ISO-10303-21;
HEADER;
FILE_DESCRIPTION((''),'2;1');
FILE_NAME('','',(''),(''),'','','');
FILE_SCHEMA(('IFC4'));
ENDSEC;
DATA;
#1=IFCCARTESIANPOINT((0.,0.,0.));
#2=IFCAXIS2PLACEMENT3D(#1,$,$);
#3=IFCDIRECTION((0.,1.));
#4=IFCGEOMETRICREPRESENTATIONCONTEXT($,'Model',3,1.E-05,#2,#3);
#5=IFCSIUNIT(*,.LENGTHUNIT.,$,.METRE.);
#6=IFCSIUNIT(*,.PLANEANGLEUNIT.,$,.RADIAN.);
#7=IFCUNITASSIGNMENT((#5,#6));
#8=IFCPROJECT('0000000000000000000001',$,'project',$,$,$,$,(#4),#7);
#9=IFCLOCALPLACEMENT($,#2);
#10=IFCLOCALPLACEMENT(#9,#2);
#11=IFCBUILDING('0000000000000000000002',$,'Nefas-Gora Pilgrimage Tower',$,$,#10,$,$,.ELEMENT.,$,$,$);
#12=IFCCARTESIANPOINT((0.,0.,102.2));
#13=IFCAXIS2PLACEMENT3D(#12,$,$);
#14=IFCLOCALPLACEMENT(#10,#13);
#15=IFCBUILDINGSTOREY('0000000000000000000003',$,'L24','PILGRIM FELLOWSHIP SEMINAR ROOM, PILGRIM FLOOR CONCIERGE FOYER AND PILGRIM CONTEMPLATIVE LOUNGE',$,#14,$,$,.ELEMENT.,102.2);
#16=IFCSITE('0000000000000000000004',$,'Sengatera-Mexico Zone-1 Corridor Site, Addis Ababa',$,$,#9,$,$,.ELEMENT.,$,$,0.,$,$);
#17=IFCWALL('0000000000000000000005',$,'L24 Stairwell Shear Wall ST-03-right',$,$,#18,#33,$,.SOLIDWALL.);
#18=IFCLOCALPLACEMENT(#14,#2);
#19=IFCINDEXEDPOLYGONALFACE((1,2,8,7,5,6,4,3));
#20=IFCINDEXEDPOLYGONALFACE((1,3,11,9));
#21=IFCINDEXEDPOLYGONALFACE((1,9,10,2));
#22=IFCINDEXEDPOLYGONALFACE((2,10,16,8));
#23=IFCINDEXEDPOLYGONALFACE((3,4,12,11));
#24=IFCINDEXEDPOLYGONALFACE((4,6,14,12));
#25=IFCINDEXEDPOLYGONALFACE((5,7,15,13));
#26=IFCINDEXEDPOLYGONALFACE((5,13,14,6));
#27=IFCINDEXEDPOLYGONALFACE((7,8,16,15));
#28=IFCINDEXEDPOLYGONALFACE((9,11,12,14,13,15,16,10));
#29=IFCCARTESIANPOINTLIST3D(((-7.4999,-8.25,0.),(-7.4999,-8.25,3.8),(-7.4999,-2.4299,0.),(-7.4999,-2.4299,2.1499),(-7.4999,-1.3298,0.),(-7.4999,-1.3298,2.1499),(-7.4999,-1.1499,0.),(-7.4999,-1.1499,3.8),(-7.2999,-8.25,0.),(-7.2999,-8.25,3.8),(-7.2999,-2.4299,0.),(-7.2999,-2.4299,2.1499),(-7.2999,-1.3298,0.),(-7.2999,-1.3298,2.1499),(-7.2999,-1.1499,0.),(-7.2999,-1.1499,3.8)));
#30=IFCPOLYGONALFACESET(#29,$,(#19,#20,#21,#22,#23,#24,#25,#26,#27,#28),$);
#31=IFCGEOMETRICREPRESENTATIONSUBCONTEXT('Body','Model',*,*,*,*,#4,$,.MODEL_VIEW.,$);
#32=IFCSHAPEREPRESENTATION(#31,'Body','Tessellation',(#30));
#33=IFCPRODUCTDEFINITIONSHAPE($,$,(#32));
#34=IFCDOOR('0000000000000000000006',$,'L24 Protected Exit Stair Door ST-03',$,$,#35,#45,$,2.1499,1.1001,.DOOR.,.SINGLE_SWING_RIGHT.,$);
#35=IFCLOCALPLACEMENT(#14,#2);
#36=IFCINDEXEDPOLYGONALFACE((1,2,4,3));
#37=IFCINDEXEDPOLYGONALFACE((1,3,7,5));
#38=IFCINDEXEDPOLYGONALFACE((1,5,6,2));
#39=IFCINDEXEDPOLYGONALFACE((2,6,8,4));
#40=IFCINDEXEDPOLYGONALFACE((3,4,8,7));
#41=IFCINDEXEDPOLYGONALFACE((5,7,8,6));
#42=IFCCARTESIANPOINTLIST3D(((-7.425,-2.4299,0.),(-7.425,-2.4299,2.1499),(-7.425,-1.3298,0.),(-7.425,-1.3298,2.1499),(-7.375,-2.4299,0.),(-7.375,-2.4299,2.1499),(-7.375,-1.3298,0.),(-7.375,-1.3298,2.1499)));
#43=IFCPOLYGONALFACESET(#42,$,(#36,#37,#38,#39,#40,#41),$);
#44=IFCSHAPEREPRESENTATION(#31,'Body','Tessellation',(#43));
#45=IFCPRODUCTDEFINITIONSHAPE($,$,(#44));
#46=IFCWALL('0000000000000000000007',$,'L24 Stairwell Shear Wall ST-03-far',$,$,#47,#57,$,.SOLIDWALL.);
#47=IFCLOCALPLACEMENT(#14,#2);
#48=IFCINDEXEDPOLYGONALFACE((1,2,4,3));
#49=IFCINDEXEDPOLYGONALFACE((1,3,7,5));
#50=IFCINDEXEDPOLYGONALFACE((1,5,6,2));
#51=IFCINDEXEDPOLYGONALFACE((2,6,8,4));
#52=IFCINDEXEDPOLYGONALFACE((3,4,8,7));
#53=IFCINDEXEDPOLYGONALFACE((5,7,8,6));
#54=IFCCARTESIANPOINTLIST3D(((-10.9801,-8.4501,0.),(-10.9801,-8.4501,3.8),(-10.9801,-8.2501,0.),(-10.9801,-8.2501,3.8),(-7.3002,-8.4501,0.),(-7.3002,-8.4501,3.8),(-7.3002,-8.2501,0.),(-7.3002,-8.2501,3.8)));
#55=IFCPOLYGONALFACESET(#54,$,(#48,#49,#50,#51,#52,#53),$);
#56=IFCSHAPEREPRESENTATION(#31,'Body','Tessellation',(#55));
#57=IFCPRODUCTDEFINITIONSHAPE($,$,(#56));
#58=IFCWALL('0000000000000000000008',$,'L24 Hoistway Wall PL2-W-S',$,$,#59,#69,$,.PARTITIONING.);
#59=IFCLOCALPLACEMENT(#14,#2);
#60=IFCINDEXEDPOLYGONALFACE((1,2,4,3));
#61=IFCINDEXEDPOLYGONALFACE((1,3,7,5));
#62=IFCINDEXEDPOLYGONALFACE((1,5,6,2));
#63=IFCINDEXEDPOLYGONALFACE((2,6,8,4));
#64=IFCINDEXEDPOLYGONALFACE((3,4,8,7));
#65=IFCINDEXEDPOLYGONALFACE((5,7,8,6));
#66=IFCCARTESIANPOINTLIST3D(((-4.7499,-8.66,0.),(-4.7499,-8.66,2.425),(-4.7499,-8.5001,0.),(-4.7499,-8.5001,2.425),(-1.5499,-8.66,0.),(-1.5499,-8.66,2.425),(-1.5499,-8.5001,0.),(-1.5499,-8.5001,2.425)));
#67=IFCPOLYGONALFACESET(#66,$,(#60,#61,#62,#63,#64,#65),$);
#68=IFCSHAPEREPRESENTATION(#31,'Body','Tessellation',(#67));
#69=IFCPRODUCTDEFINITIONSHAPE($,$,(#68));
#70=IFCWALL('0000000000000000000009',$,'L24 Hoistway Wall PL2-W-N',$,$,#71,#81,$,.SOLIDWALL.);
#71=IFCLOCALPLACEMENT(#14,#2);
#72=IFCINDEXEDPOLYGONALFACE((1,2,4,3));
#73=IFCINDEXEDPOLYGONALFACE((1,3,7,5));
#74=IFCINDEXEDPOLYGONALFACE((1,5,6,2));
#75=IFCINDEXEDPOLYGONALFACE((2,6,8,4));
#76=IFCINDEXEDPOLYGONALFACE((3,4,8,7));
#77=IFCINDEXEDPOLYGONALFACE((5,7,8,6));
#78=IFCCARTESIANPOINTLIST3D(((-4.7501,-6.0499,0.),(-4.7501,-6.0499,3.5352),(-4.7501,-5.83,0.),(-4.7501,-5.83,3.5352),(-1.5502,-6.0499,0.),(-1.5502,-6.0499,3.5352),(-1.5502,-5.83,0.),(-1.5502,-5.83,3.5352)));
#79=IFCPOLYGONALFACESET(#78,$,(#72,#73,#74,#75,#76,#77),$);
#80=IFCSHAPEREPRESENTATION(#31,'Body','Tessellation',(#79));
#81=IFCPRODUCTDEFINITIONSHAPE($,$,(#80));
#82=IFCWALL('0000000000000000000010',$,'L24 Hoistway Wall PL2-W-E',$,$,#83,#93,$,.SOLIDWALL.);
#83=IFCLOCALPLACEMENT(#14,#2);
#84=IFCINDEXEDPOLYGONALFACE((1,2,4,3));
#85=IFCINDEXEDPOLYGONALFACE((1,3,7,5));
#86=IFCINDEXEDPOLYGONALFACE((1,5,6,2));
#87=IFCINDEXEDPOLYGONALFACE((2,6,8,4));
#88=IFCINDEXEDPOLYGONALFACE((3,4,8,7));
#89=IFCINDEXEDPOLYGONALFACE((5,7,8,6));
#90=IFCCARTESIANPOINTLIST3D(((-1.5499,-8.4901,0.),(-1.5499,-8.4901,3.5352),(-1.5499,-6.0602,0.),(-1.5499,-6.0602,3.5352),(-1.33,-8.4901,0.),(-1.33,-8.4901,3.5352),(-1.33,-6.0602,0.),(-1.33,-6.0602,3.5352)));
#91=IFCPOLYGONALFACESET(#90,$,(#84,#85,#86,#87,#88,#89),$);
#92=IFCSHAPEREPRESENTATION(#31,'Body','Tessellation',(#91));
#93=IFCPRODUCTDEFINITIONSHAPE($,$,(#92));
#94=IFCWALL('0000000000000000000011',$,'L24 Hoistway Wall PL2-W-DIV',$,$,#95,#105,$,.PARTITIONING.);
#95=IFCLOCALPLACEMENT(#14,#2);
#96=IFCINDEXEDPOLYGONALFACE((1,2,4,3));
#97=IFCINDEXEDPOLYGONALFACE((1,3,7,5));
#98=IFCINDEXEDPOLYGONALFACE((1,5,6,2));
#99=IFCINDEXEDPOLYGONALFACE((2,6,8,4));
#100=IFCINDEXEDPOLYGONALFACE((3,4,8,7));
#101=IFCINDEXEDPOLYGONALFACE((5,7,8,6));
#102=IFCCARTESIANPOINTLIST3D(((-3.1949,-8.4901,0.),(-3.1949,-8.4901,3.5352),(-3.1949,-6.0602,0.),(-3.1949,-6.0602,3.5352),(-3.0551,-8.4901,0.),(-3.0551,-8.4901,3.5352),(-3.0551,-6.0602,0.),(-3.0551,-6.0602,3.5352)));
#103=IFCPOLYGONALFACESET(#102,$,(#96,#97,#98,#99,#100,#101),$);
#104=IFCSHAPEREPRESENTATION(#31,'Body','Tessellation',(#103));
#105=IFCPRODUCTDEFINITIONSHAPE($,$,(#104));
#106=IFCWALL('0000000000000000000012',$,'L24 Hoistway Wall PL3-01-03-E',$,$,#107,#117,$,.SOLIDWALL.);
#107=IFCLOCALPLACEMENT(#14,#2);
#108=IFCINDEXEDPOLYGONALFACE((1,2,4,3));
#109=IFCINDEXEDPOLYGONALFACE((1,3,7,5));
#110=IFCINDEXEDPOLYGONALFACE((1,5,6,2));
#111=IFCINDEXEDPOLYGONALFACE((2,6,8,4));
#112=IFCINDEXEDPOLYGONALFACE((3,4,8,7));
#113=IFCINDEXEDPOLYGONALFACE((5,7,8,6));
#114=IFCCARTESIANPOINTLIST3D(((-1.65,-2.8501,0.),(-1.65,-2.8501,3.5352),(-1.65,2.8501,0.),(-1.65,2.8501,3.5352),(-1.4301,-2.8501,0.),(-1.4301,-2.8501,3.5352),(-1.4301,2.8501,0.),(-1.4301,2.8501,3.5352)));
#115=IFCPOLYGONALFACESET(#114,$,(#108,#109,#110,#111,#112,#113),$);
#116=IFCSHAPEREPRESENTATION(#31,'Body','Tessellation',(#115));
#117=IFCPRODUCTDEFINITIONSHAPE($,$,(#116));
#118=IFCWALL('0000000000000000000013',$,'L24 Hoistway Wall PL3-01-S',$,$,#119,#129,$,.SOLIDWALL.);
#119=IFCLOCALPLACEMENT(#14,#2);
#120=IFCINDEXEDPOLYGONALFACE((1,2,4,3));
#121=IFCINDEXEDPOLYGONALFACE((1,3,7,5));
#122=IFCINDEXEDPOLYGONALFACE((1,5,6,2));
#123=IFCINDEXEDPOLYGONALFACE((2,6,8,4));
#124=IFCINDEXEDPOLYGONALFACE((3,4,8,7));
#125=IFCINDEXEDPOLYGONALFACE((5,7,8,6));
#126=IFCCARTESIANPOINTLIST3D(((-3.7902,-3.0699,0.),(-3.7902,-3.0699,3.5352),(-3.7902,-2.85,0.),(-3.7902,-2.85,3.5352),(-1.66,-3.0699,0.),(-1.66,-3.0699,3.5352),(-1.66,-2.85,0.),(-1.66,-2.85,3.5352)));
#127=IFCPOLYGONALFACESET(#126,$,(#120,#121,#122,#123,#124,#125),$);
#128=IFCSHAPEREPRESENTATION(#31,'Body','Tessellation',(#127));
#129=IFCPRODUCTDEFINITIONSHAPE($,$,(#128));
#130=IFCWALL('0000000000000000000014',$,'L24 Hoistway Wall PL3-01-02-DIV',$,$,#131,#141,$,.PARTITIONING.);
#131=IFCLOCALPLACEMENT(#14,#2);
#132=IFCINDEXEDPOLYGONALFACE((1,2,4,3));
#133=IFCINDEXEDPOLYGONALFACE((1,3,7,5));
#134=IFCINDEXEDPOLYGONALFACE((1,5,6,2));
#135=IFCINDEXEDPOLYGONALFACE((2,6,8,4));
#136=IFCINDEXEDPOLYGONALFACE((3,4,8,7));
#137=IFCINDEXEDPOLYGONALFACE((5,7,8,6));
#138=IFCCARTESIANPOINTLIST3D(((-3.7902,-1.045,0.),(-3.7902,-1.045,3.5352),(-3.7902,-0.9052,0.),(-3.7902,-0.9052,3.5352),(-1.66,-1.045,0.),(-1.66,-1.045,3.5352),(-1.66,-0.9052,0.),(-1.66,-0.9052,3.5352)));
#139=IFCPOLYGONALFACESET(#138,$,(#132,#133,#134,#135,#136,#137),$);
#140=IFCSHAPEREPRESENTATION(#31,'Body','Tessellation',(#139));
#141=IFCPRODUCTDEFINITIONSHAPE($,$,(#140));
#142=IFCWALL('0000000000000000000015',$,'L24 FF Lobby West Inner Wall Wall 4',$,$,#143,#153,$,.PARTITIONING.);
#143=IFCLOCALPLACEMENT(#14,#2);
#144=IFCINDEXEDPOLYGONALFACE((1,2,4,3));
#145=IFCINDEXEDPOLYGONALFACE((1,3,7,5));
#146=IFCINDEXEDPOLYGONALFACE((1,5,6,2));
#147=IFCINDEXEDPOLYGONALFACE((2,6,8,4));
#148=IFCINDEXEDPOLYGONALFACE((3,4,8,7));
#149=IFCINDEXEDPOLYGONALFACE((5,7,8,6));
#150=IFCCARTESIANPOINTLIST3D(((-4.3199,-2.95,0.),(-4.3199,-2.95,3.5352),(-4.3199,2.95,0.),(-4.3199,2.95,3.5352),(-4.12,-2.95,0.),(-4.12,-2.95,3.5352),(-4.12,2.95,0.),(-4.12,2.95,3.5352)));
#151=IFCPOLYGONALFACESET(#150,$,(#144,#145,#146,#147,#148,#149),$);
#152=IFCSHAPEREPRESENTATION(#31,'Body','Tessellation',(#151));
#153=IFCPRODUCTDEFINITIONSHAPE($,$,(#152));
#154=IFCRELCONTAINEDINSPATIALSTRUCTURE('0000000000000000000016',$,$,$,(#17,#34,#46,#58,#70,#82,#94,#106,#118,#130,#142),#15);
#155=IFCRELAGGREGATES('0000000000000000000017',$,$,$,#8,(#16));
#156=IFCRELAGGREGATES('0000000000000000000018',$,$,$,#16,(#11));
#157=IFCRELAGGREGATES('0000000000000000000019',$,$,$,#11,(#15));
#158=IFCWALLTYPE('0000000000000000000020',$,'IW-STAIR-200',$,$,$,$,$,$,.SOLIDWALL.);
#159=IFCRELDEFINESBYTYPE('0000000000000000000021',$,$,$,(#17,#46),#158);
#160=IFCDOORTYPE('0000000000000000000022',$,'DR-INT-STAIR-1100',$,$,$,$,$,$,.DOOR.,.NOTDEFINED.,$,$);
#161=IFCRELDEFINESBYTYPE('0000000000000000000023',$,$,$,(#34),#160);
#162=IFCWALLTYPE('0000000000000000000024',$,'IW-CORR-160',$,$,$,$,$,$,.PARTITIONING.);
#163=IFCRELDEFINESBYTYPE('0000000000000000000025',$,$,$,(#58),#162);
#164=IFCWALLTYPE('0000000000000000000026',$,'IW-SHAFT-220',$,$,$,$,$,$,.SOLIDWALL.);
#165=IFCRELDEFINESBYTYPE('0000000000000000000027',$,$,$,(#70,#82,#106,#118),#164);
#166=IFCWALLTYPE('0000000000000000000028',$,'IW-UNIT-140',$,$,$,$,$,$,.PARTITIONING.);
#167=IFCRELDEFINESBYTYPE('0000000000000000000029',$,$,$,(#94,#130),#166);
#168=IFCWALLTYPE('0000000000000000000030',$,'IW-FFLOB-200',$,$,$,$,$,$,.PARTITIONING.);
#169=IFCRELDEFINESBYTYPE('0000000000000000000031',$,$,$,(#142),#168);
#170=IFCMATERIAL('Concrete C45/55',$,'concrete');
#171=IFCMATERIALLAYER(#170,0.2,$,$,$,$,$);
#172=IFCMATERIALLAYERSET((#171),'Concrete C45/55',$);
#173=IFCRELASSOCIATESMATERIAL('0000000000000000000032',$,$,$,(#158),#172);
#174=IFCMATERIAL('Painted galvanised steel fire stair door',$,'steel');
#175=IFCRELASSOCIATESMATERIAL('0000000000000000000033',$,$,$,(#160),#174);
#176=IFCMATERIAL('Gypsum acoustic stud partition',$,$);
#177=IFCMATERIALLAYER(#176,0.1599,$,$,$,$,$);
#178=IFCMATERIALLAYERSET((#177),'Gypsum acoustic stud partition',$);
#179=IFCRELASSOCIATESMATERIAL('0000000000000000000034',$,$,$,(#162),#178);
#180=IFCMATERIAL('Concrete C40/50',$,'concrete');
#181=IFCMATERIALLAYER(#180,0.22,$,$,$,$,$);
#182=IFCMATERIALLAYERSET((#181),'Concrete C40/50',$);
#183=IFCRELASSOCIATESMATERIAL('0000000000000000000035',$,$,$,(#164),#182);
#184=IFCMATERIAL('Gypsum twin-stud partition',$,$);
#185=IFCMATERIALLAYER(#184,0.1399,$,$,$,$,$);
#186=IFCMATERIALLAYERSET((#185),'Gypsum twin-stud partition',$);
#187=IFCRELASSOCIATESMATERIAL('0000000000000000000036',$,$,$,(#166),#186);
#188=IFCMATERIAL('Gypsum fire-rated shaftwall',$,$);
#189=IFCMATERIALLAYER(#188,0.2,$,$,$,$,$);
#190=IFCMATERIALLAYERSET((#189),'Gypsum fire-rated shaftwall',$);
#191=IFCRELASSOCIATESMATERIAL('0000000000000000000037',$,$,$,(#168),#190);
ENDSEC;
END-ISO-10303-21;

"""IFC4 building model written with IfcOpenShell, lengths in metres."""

from ifc_helpers import new_model, si_unit, direction, frame, frame_2d, origin, place, context, subcontext, project, spatial, rectangle, extrude, source, transform, mapped, material, layer, layer_set, type_object, element, fill, save


model = new_model("IFC4")

# Units and contexts
model_context = context("Model", 3, precision=1e-05, world=origin(), true_north=direction((0.0, 1.0)))
body_context = subcontext(model_context, "Body", "Model", "MODEL_VIEW")
ifc_project = project(units=[si_unit("LENGTHUNIT", "METRE"), si_unit("PLANEANGLEUNIT", "RADIAN")], contexts=[model_context])

# Site, building, storey
site_placement = place(None, origin())
site = spatial("IfcSite", under=ifc_project, at=site_placement, Name="Sengatera-Mexico Zone-1 Corridor Site, Addis Ababa", CompositionType="ELEMENT", RefElevation=0.0)
building_placement = place(site_placement, origin())
building = spatial("IfcBuilding", under=site, at=building_placement, Name="Nefas-Gora Pilgrimage Tower", CompositionType="ELEMENT")
storey_placement = place(building_placement, frame((0.0, 0.0, 102.2)))
storey = spatial("IfcBuildingStorey", under=building, at=storey_placement, Name="L24", Description="PILGRIM FELLOWSHIP SEMINAR ROOM, PILGRIM FLOOR CONCIERGE FOYER AND PILGRIM CONTEMPLATIVE LOUNGE", CompositionType="ELEMENT", Elevation=102.2)

# Shared definitions
ifc_material_1 = material(Name="Concrete C45/55", Category="concrete")
ifc_layer_1 = layer(ifc_material_1, 0.2)
ifc_layer_set_1 = layer_set([ifc_layer_1], Name="Concrete C45/55")
wall_type_1 = type_object("IfcWallType", Name="IW-STAIR-200", PredefinedType="SOLIDWALL", material=ifc_layer_set_1)
shared_shape_1 = source(origin(), body_context, "Body", "SweptSolid", [
    extrude(rectangle(XDim=7.1001, YDim=0.2, at=frame_2d((3.55, 0.0))), origin(), (0.0, 0.0, 1.0), 3.8),
])

# Wall, opening, door
wall_1_placement = place(storey_placement, frame((-7.3999, -1.1499, 0.0), z_axis=(0.0, 0.0, 1.0), x_axis=(0.0, -1.0, 0.0)))
wall_1 = element("IfcWall", 1, at=wall_1_placement, inside=storey, type_object=wall_type_1, Name="L24 Stairwell Shear Wall ST-03-right", PredefinedType="SOLIDWALL", context=body_context, shape_type="MappedRepresentation", body=[
    mapped(shared_shape_1, transform((0.0, 0.0, 0.0), x_axis=(1.0, 0.0, 0.0), y_axis=(0.0, 1.0, 0.0), z_axis=(0.0, 0.0, 1.0), scale=1.0)),
])
opening_1_placement = place(wall_1_placement, frame((0.1799, 0.0, 0.0)))
opening_1 = element("IfcOpeningElement", 2, at=opening_1_placement, cuts=wall_1, PredefinedType="OPENING", context=body_context, shape_type="SweptSolid", body=[
    extrude(rectangle(XDim=1.1001, YDim=2.1499, at=frame_2d((0.55, 1.075))), frame((0.0, 0.1099, 0.0), z_axis=(0.0, -1.0, 0.0), x_axis=(1.0, 0.0, 0.0)), (0.0, 0.0, 1.0), 0.22),
])
ifc_material_2 = material(Name="Painted galvanised steel fire stair door", Category="steel")
door_type_1 = type_object("IfcDoorType", Name="DR-INT-STAIR-1100", OperationType="NOTDEFINED", PredefinedType="DOOR", material=ifc_material_2)
shared_shape_2 = source(origin(), body_context, "Body", "SweptSolid", [
    extrude(rectangle(XDim=1.1001, YDim=2.1499, at=frame_2d((0.55, 1.075))), frame((0.0, 0.0249, 0.0), z_axis=(0.0, -1.0, 0.0), x_axis=(1.0, 0.0, 0.0)), (0.0, 0.0, 1.0), 0.05),
])
door_1_placement = place(opening_1_placement, origin())
door_1 = element("IfcDoor", 3, at=door_1_placement, inside=storey, type_object=door_type_1, Name="L24 Protected Exit Stair Door ST-03", OperationType="SINGLE_SWING_RIGHT", OverallHeight=2.1499, OverallWidth=1.1001, PredefinedType="DOOR", context=body_context, shape_type="MappedRepresentation", body=[
    mapped(shared_shape_2, transform((0.0, 0.0, 0.0), x_axis=(1.0, 0.0, 0.0), y_axis=(0.0, 1.0, 0.0), z_axis=(0.0, 0.0, 1.0), scale=1.0)),
])
fill(opening_1, door_1)

# Walls
shared_shape_3 = source(origin(), body_context, "Body", "SweptSolid", [
    extrude(rectangle(XDim=3.6799, YDim=0.2, at=frame_2d((1.8398, 0.0))), origin(), (0.0, 0.0, 1.0), 3.8),
])
wall_2_placement = place(storey_placement, frame((-10.98, -8.3501, 0.0), z_axis=(0.0, 0.0, 1.0), x_axis=(1.0, 0.0, 0.0)))
element("IfcWall", 4, at=wall_2_placement, inside=storey, type_object=wall_type_1, Name="L24 Stairwell Shear Wall ST-03-far", PredefinedType="SOLIDWALL", context=body_context, shape_type="MappedRepresentation", body=[
    mapped(shared_shape_3, transform((0.0, 0.0, 0.0), x_axis=(1.0, 0.0, 0.0), y_axis=(0.0, 1.0, 0.0), z_axis=(0.0, 0.0, 1.0), scale=1.0)),
])
ifc_material_3 = material(Name="Gypsum acoustic stud partition")
ifc_layer_2 = layer(ifc_material_3, 0.1599)
ifc_layer_set_2 = layer_set([ifc_layer_2], Name="Gypsum acoustic stud partition")
wall_type_2 = type_object("IfcWallType", Name="IW-CORR-160", PredefinedType="PARTITIONING", material=ifc_layer_set_2)
shared_shape_4 = source(origin(), body_context, "Body", "SweptSolid", [
    extrude(rectangle(XDim=3.2, YDim=0.1599, at=frame_2d((1.6001, 0.0))), origin(), (0.0, 0.0, 1.0), 2.425),
])
wall_3_placement = place(storey_placement, frame((-4.75, -8.5801, 0.0), z_axis=(0.0, 0.0, 1.0), x_axis=(1.0, 0.0, 0.0)))
element("IfcWall", 5, at=wall_3_placement, inside=storey, type_object=wall_type_2, Name="L24 Hoistway Wall PL2-W-S", PredefinedType="PARTITIONING", context=body_context, shape_type="MappedRepresentation", body=[
    mapped(shared_shape_4, transform((0.0, 0.0, 0.0), x_axis=(1.0, 0.0, 0.0), y_axis=(0.0, 1.0, 0.0), z_axis=(0.0, 0.0, 1.0), scale=1.0)),
])
ifc_material_4 = material(Name="Concrete C40/50", Category="concrete")
ifc_layer_3 = layer(ifc_material_4, 0.22)
ifc_layer_set_3 = layer_set([ifc_layer_3], Name="Concrete C40/50")
wall_type_3 = type_object("IfcWallType", Name="IW-SHAFT-220", PredefinedType="SOLIDWALL", material=ifc_layer_set_3)
shared_shape_5 = source(origin(), body_context, "Body", "SweptSolid", [
    extrude(rectangle(XDim=3.2, YDim=0.22, at=frame_2d((1.6001, 0.0))), origin(), (0.0, 0.0, 1.0), 3.5352),
])
wall_4_placement = place(storey_placement, frame((-1.55, -5.9399, 0.0), z_axis=(0.0, 0.0, 1.0), x_axis=(-1.0, 0.0, 0.0)))
element("IfcWall", 6, at=wall_4_placement, inside=storey, type_object=wall_type_3, Name="L24 Hoistway Wall PL2-W-N", PredefinedType="SOLIDWALL", context=body_context, shape_type="MappedRepresentation", body=[
    mapped(shared_shape_5, transform((0.0, 0.0, 0.0), x_axis=(1.0, 0.0, 0.0), y_axis=(0.0, 1.0, 0.0), z_axis=(0.0, 0.0, 1.0), scale=1.0)),
])
shared_shape_6 = source(origin(), body_context, "Body", "SweptSolid", [
    extrude(rectangle(XDim=2.4299, YDim=0.22, at=frame_2d((1.2148, 0.0))), origin(), (0.0, 0.0, 1.0), 3.5352),
])
for number, where, z_axis, x_axis, name in (
    (7, (-1.4399, -8.49, 0.0), (0.0, 0.0, 1.0), (0.0, 1.0, 0.0), "L24 Hoistway Wall PL2-W-E"),
):
    element("IfcWall", number, at=place(storey_placement, frame(where, z_axis=z_axis, x_axis=x_axis)), inside=storey, type_object=wall_type_3, Name=name, PredefinedType="SOLIDWALL", context=body_context, shape_type="MappedRepresentation", body=[
        mapped(shared_shape_6, transform((0.0, 0.0, 0.0), x_axis=(1.0, 0.0, 0.0), y_axis=(0.0, 1.0, 0.0), z_axis=(0.0, 0.0, 1.0), scale=1.0)),
    ])
ifc_material_5 = material(Name="Gypsum twin-stud partition")
ifc_layer_4 = layer(ifc_material_5, 0.1399)
ifc_layer_set_4 = layer_set([ifc_layer_4], Name="Gypsum twin-stud partition")
wall_type_4 = type_object("IfcWallType", Name="IW-UNIT-140", PredefinedType="PARTITIONING", material=ifc_layer_set_4)
shared_shape_7 = source(origin(), body_context, "Body", "SweptSolid", [
    extrude(rectangle(XDim=2.4299, YDim=0.1399, at=frame_2d((1.2148, 0.0))), origin(), (0.0, 0.0, 1.0), 3.5352),
])
wall_5_placement = place(storey_placement, frame((-3.125, -8.49, 0.0), z_axis=(0.0, 0.0, 1.0), x_axis=(0.0, 1.0, 0.0)))
element("IfcWall", 8, at=wall_5_placement, inside=storey, type_object=wall_type_4, Name="L24 Hoistway Wall PL2-W-DIV", PredefinedType="PARTITIONING", context=body_context, shape_type="MappedRepresentation", body=[
    mapped(shared_shape_7, transform((0.0, 0.0, 0.0), x_axis=(1.0, 0.0, 0.0), y_axis=(0.0, 1.0, 0.0), z_axis=(0.0, 0.0, 1.0), scale=1.0)),
])
shared_shape_8 = source(origin(), body_context, "Body", "SweptSolid", [
    extrude(rectangle(XDim=5.7002, YDim=0.22, at=frame_2d((2.8501, 0.0))), origin(), (0.0, 0.0, 1.0), 3.5352),
])
wall_6_placement = place(storey_placement, frame((-1.54, -2.8501, 0.0), z_axis=(0.0, 0.0, 1.0), x_axis=(0.0, 1.0, 0.0)))
element("IfcWall", 9, at=wall_6_placement, inside=storey, type_object=wall_type_3, Name="L24 Hoistway Wall PL3-01-03-E", PredefinedType="SOLIDWALL", context=body_context, shape_type="MappedRepresentation", body=[
    mapped(shared_shape_8, transform((0.0, 0.0, 0.0), x_axis=(1.0, 0.0, 0.0), y_axis=(0.0, 1.0, 0.0), z_axis=(0.0, 0.0, 1.0), scale=1.0)),
])
shared_shape_9 = source(origin(), body_context, "Body", "SweptSolid", [
    extrude(rectangle(XDim=2.1301, YDim=0.22, at=frame_2d((1.0649, 0.0))), origin(), (0.0, 0.0, 1.0), 3.5352),
])
wall_7_placement = place(storey_placement, frame((-3.79, -2.96, 0.0), z_axis=(0.0, 0.0, 1.0), x_axis=(1.0, 0.0, 0.0)))
element("IfcWall", 10, at=wall_7_placement, inside=storey, type_object=wall_type_3, Name="L24 Hoistway Wall PL3-01-S", PredefinedType="SOLIDWALL", context=body_context, shape_type="MappedRepresentation", body=[
    mapped(shared_shape_9, transform((0.0, 0.0, 0.0), x_axis=(1.0, 0.0, 0.0), y_axis=(0.0, 1.0, 0.0), z_axis=(0.0, 0.0, 1.0), scale=1.0)),
])
shared_shape_10 = source(origin(), body_context, "Body", "SweptSolid", [
    extrude(rectangle(XDim=2.1301, YDim=0.1399, at=frame_2d((1.0649, 0.0))), origin(), (0.0, 0.0, 1.0), 3.5352),
])
wall_8_placement = place(storey_placement, frame((-3.79, -0.9751, 0.0), z_axis=(0.0, 0.0, 1.0), x_axis=(1.0, 0.0, 0.0)))
element("IfcWall", 11, at=wall_8_placement, inside=storey, type_object=wall_type_4, Name="L24 Hoistway Wall PL3-01-02-DIV", PredefinedType="PARTITIONING", context=body_context, shape_type="MappedRepresentation", body=[
    mapped(shared_shape_10, transform((0.0, 0.0, 0.0), x_axis=(1.0, 0.0, 0.0), y_axis=(0.0, 1.0, 0.0), z_axis=(0.0, 0.0, 1.0), scale=1.0)),
])

# Shared definitions
ifc_material_6 = material(Name="Gypsum fire-rated shaftwall")
ifc_layer_5 = layer(ifc_material_6, 0.2)
ifc_layer_set_5 = layer_set([ifc_layer_5], Name="Gypsum fire-rated shaftwall")
wall_type_5 = type_object("IfcWallType", Name="IW-FFLOB-200", PredefinedType="PARTITIONING", material=ifc_layer_set_5)

# Wall
shared_shape_11 = source(origin(), body_context, "Body", "SweptSolid", [
    extrude(rectangle(XDim=5.8999, YDim=0.2, at=frame_2d((2.95, 0.0))), origin(), (0.0, 0.0, 1.0), 3.5352),
])
wall_9_placement = place(storey_placement, frame((-4.22, -2.95, 0.0), z_axis=(0.0, 0.0, 1.0), x_axis=(0.0, 1.0, 0.0)))
element("IfcWall", 12, at=wall_9_placement, inside=storey, type_object=wall_type_5, Name="L24 FF Lobby West Inner Wall Wall 4", PredefinedType="PARTITIONING", context=body_context, shape_type="MappedRepresentation", body=[
    mapped(shared_shape_11, transform((0.0, 0.0, 0.0), x_axis=(1.0, 0.0, 0.0), y_axis=(0.0, 1.0, 0.0), z_axis=(0.0, 0.0, 1.0), scale=1.0)),
])

save(model, "model.ifc")
